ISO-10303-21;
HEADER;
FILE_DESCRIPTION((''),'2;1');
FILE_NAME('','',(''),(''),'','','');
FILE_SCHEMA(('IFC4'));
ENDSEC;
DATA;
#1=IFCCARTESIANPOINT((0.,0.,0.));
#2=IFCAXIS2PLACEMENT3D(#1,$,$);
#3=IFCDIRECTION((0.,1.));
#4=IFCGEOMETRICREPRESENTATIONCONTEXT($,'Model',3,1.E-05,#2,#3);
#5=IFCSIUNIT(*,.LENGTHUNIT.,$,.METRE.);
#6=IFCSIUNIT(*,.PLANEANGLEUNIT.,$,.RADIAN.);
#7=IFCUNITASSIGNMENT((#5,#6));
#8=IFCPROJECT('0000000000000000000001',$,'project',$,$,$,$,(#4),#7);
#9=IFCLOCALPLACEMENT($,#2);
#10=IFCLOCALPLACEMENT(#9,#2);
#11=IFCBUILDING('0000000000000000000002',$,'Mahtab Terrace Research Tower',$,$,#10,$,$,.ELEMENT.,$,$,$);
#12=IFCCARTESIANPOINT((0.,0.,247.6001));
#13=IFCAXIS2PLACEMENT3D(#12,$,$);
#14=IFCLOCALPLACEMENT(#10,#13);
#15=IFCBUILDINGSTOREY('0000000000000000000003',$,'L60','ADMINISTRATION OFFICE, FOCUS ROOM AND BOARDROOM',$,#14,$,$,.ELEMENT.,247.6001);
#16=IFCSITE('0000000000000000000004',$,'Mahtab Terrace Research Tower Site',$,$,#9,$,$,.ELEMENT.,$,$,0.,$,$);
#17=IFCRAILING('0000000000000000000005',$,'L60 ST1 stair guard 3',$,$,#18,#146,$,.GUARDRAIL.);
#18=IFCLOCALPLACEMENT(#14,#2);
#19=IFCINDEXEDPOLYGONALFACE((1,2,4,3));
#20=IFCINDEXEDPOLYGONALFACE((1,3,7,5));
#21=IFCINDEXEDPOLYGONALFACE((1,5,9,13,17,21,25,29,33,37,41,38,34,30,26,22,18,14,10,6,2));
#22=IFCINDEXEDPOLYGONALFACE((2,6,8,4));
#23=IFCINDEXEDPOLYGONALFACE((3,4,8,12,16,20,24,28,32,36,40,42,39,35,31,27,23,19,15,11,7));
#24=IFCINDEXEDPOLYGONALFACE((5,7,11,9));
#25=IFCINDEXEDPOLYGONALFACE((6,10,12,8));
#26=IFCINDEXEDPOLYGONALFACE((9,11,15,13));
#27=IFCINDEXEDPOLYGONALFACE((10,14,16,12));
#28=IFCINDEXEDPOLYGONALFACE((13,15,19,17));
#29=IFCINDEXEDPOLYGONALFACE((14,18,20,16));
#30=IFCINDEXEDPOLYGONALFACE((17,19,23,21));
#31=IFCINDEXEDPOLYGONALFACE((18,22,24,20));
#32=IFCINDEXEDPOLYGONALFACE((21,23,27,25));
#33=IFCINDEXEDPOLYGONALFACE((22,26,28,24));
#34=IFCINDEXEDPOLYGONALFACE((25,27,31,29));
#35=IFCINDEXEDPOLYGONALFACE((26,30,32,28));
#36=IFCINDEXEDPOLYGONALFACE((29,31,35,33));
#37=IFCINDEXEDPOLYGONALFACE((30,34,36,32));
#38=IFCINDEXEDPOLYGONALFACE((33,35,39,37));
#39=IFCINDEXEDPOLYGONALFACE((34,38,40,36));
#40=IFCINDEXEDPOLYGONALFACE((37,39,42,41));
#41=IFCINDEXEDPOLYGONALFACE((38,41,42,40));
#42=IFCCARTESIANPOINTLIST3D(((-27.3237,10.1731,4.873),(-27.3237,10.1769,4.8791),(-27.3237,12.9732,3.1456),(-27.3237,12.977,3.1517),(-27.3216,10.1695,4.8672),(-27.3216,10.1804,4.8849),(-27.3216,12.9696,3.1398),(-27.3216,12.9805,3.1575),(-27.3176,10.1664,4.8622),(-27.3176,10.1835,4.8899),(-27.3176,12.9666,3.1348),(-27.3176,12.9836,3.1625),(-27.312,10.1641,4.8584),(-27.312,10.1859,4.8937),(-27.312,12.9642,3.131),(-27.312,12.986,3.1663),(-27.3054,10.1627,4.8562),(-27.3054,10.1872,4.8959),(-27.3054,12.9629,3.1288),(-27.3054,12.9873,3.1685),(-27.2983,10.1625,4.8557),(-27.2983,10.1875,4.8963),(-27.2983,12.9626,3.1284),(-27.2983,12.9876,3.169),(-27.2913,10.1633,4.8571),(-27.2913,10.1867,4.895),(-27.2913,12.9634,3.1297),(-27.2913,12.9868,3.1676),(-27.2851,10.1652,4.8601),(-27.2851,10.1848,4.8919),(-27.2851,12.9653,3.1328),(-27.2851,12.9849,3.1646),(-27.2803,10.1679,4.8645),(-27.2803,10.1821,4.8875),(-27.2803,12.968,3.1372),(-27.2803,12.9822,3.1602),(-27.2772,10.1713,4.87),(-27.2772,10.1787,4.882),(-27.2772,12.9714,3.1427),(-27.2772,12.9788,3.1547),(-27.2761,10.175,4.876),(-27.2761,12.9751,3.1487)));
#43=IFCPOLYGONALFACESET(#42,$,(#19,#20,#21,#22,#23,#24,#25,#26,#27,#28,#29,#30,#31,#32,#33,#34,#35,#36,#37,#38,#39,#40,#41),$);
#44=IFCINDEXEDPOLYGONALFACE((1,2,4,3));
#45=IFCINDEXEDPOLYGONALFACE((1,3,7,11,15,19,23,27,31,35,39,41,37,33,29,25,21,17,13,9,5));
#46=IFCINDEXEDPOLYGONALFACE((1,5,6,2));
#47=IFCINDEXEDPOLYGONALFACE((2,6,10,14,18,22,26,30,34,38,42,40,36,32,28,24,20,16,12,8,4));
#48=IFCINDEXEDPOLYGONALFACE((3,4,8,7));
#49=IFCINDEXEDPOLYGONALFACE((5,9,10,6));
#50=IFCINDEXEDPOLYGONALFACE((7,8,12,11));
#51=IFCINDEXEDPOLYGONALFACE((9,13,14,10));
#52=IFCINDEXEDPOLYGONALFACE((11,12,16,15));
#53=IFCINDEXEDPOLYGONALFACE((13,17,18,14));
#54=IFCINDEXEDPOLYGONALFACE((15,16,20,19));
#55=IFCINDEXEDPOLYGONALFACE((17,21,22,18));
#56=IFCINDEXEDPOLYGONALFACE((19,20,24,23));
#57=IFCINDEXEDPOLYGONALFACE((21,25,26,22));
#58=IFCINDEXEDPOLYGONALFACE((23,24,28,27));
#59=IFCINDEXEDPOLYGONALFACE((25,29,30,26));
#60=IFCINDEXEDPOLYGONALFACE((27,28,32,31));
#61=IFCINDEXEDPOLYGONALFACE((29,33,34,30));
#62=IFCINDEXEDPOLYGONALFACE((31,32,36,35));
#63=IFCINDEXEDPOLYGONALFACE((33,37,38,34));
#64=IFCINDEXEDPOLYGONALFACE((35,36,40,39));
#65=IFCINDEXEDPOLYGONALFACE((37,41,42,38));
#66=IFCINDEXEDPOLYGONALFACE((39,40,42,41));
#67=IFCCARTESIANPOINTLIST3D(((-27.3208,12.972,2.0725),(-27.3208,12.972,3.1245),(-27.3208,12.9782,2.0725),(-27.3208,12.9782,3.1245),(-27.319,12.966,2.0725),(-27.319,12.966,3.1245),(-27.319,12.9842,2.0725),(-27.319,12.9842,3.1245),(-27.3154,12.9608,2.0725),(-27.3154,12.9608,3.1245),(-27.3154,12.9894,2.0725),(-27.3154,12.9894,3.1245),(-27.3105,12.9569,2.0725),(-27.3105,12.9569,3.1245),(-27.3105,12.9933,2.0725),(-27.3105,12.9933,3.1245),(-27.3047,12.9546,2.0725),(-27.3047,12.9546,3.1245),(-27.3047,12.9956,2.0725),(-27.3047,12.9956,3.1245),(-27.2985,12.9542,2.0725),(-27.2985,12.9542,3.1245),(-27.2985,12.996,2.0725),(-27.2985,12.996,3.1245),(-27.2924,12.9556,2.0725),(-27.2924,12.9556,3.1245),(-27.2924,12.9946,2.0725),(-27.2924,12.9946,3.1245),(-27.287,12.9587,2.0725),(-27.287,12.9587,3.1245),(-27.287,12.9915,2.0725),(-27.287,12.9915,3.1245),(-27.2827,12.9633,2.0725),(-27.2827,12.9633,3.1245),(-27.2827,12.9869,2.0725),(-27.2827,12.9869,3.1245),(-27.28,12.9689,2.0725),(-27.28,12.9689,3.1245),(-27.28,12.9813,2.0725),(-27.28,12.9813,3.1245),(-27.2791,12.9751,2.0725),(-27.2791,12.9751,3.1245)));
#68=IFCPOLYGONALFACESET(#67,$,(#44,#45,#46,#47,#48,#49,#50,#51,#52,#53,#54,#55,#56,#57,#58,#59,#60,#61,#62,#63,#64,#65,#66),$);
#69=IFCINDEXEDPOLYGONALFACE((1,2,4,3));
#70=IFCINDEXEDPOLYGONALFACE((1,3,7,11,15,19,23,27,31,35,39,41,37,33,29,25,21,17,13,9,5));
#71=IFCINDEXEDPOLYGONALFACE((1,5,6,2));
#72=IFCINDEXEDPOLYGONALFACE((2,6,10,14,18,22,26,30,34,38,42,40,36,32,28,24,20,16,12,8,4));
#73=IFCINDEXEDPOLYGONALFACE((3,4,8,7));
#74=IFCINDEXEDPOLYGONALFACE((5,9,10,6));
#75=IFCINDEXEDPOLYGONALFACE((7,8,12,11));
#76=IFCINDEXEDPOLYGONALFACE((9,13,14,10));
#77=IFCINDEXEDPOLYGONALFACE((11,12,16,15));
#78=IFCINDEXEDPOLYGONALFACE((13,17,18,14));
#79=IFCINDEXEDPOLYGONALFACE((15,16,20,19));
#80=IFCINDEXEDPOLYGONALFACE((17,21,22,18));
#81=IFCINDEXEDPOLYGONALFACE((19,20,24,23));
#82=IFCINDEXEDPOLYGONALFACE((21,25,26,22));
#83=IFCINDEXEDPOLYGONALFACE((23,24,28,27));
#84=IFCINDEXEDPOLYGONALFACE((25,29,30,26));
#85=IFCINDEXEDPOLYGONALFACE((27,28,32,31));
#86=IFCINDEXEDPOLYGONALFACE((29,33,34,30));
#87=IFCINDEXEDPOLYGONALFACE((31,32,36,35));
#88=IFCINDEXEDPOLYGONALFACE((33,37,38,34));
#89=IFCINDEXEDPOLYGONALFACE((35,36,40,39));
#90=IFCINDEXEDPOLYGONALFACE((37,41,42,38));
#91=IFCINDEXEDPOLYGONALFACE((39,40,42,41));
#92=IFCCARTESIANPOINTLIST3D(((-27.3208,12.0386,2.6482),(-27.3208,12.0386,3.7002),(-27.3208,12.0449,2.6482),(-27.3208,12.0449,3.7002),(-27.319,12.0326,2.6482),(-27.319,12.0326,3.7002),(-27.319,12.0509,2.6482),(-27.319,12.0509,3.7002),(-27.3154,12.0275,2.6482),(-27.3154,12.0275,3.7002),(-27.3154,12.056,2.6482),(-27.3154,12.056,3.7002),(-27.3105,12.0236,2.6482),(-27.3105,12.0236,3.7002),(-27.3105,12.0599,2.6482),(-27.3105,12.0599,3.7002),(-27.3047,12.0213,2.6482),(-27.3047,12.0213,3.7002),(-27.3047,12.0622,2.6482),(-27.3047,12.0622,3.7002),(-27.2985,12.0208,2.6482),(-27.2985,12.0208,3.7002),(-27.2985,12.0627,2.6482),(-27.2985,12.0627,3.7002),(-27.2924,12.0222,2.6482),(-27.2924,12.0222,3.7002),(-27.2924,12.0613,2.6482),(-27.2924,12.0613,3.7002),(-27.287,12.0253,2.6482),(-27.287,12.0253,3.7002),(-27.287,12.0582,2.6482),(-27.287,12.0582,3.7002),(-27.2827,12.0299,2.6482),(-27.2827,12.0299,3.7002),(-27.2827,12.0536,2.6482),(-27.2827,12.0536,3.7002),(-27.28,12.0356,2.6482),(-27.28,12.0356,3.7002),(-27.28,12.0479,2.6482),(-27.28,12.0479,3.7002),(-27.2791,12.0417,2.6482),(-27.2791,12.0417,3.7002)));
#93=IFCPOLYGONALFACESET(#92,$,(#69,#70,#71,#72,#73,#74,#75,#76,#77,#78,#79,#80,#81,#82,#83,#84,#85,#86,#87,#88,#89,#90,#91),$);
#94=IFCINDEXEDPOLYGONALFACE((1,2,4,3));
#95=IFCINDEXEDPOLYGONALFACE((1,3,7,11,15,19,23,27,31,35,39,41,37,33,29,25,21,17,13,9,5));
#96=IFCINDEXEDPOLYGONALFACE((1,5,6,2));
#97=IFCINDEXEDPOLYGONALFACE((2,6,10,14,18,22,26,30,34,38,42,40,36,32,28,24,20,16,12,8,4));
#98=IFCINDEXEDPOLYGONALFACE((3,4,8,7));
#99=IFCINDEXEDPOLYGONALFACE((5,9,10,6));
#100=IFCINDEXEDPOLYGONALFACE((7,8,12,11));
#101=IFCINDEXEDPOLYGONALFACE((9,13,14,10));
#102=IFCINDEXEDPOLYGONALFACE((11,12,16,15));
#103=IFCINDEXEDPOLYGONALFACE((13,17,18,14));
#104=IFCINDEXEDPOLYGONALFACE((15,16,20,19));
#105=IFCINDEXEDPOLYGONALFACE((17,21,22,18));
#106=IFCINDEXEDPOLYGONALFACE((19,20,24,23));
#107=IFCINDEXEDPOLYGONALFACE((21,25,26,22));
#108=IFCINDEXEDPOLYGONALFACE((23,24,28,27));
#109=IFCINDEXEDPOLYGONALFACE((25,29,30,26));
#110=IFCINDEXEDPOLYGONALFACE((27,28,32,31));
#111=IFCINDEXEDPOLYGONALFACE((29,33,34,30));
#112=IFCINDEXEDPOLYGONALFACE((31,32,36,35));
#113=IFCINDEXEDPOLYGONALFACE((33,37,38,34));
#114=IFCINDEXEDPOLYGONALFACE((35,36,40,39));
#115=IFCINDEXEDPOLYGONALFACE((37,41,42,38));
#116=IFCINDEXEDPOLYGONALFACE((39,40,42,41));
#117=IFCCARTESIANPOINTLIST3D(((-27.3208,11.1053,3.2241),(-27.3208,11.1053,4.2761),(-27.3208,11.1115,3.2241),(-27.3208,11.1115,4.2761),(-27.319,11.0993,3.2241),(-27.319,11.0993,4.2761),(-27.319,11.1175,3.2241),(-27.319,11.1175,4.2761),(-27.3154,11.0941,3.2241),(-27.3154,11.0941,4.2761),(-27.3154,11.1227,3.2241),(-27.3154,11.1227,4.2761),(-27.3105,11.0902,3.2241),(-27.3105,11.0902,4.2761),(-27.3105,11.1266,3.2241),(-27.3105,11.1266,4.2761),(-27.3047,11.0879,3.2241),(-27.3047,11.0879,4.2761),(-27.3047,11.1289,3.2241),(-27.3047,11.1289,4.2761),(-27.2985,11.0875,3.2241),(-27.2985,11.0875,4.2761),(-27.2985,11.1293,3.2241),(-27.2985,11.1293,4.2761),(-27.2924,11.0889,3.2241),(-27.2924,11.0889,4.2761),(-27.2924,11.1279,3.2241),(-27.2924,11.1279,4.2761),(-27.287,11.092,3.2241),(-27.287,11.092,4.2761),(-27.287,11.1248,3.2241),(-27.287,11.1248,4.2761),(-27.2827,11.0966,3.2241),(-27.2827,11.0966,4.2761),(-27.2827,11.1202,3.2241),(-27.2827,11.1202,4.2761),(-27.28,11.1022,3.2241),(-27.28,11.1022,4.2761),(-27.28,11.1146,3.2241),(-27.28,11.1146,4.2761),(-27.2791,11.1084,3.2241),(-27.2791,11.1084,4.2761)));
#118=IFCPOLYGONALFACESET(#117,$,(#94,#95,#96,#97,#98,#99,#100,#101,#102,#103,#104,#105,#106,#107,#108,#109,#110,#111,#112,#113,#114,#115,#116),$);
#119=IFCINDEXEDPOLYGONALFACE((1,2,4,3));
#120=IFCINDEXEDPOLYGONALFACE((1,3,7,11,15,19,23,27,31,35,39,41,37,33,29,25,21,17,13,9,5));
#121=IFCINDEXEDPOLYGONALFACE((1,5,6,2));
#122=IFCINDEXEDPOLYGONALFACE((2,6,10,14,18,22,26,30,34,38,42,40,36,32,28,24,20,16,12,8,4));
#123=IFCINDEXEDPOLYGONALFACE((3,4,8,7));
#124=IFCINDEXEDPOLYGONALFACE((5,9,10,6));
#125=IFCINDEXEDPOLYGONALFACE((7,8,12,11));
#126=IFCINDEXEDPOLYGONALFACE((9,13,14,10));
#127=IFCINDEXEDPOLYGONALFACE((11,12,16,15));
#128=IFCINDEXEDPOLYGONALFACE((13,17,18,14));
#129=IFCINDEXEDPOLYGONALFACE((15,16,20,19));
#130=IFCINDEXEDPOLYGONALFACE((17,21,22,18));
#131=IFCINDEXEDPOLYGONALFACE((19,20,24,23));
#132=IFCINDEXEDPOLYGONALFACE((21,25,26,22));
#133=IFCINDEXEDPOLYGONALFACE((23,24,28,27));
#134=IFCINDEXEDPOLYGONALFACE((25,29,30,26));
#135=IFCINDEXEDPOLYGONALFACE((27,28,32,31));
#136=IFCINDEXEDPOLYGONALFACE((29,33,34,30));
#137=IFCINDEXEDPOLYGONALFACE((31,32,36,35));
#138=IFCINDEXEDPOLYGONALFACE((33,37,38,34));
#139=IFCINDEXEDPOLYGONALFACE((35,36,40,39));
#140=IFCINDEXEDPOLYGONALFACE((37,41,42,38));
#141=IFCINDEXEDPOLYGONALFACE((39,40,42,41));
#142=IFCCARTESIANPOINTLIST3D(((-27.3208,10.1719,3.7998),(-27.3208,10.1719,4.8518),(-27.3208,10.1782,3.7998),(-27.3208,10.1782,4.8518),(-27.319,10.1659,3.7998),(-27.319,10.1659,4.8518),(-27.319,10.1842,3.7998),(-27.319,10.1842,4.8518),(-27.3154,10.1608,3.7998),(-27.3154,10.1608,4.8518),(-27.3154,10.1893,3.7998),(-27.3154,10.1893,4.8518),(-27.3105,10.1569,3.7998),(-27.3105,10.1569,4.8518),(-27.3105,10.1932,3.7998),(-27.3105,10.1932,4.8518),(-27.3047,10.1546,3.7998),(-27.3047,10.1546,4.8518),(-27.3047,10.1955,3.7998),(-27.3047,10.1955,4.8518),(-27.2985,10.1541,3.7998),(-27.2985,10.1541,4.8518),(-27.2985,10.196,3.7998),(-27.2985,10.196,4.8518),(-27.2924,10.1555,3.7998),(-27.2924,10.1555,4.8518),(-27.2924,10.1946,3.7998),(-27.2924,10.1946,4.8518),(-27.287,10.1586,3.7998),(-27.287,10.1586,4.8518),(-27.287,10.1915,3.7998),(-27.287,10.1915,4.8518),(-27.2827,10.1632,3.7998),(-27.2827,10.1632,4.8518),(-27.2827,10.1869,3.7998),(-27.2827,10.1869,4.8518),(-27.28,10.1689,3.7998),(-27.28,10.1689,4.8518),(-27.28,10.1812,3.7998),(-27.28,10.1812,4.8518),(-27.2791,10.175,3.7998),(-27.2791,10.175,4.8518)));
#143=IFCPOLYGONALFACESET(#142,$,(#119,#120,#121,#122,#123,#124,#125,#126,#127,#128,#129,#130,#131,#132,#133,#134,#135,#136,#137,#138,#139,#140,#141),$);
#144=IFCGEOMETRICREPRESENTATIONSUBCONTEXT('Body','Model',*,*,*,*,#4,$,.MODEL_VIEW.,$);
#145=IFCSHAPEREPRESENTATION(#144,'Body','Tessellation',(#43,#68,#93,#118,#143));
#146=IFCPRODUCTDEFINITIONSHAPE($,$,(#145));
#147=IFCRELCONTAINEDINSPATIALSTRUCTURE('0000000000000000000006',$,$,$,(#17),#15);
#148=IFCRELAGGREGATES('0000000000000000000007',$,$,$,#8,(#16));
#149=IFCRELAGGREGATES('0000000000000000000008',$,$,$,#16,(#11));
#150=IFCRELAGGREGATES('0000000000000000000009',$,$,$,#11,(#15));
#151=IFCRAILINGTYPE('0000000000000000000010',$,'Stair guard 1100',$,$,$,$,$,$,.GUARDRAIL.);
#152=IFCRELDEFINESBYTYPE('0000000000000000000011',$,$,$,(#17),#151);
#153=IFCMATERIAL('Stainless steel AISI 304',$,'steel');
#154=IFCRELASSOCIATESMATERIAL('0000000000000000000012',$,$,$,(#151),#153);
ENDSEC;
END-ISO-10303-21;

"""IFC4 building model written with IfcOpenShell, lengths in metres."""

from ifc_helpers import new_model, si_unit, direction, frame, origin, origin_2d, place, context, subcontext, project, spatial, circle, extrude, material, type_object, element, save


model = new_model("IFC4")

# Units and contexts
model_context = context("Model", 3, precision=1e-05, world=origin(), true_north=direction((0.0, 1.0)))
body_context = subcontext(model_context, "Body", "Model", "MODEL_VIEW")
ifc_project = project(units=[si_unit("LENGTHUNIT", "METRE"), si_unit("PLANEANGLEUNIT", "RADIAN")], contexts=[model_context])

# Site, building, storey
site_placement = place(None, origin())
site = spatial("IfcSite", under=ifc_project, at=site_placement, Name="Mahtab Terrace Research Tower Site", CompositionType="ELEMENT", RefElevation=0.0)
building_placement = place(site_placement, origin())
building = spatial("IfcBuilding", under=site, at=building_placement, Name="Mahtab Terrace Research Tower", CompositionType="ELEMENT")
storey_placement = place(building_placement, frame((0.0, 0.0, 247.6001)))
storey = spatial("IfcBuildingStorey", under=building, at=storey_placement, Name="L60", Description="ADMINISTRATION OFFICE, FOCUS ROOM AND BOARDROOM", CompositionType="ELEMENT", Elevation=247.6001)

# Railing
ifc_material_1 = material(Name="Stainless steel AISI 304", Category="steel")
railing_type_1 = type_object("IfcRailingType", Name="Stair guard 1100", PredefinedType="GUARDRAIL", material=ifc_material_1)
railing_1_placement = place(storey_placement, frame((-27.3, 12.9751, 2.0725)))
element("IfcRailing", 1, at=railing_1_placement, inside=storey, type_object=railing_type_1, Name="L60 ST1 stair guard 3", PredefinedType="GUARDRAIL", context=body_context, shape_type="SweptSolid", body=[
    extrude(circle(Radius=0.0239, at=origin_2d()), frame((0.0, 0.0, 1.0762), z_axis=(0.0, -0.85109, 0.52502), x_axis=(1.0, 0.0, 0.0)), (0.0, 0.0, 1.0), 3.29),
    extrude(circle(Radius=0.021, at=origin_2d()), origin(), (0.0, 0.0, 1.0), 1.052),
    extrude(circle(Radius=0.021, at=origin_2d()), frame((0.0, -0.9333, 0.5757)), (0.0, 0.0, 1.0), 1.052),
    extrude(circle(Radius=0.021, at=origin_2d()), frame((0.0, -1.8667, 1.1516)), (0.0, 0.0, 1.0), 1.052),
    extrude(circle(Radius=0.021, at=origin_2d()), frame((0.0, -2.8, 1.7273)), (0.0, 0.0, 1.0), 1.052),
])

save(model, "model.ifc")
